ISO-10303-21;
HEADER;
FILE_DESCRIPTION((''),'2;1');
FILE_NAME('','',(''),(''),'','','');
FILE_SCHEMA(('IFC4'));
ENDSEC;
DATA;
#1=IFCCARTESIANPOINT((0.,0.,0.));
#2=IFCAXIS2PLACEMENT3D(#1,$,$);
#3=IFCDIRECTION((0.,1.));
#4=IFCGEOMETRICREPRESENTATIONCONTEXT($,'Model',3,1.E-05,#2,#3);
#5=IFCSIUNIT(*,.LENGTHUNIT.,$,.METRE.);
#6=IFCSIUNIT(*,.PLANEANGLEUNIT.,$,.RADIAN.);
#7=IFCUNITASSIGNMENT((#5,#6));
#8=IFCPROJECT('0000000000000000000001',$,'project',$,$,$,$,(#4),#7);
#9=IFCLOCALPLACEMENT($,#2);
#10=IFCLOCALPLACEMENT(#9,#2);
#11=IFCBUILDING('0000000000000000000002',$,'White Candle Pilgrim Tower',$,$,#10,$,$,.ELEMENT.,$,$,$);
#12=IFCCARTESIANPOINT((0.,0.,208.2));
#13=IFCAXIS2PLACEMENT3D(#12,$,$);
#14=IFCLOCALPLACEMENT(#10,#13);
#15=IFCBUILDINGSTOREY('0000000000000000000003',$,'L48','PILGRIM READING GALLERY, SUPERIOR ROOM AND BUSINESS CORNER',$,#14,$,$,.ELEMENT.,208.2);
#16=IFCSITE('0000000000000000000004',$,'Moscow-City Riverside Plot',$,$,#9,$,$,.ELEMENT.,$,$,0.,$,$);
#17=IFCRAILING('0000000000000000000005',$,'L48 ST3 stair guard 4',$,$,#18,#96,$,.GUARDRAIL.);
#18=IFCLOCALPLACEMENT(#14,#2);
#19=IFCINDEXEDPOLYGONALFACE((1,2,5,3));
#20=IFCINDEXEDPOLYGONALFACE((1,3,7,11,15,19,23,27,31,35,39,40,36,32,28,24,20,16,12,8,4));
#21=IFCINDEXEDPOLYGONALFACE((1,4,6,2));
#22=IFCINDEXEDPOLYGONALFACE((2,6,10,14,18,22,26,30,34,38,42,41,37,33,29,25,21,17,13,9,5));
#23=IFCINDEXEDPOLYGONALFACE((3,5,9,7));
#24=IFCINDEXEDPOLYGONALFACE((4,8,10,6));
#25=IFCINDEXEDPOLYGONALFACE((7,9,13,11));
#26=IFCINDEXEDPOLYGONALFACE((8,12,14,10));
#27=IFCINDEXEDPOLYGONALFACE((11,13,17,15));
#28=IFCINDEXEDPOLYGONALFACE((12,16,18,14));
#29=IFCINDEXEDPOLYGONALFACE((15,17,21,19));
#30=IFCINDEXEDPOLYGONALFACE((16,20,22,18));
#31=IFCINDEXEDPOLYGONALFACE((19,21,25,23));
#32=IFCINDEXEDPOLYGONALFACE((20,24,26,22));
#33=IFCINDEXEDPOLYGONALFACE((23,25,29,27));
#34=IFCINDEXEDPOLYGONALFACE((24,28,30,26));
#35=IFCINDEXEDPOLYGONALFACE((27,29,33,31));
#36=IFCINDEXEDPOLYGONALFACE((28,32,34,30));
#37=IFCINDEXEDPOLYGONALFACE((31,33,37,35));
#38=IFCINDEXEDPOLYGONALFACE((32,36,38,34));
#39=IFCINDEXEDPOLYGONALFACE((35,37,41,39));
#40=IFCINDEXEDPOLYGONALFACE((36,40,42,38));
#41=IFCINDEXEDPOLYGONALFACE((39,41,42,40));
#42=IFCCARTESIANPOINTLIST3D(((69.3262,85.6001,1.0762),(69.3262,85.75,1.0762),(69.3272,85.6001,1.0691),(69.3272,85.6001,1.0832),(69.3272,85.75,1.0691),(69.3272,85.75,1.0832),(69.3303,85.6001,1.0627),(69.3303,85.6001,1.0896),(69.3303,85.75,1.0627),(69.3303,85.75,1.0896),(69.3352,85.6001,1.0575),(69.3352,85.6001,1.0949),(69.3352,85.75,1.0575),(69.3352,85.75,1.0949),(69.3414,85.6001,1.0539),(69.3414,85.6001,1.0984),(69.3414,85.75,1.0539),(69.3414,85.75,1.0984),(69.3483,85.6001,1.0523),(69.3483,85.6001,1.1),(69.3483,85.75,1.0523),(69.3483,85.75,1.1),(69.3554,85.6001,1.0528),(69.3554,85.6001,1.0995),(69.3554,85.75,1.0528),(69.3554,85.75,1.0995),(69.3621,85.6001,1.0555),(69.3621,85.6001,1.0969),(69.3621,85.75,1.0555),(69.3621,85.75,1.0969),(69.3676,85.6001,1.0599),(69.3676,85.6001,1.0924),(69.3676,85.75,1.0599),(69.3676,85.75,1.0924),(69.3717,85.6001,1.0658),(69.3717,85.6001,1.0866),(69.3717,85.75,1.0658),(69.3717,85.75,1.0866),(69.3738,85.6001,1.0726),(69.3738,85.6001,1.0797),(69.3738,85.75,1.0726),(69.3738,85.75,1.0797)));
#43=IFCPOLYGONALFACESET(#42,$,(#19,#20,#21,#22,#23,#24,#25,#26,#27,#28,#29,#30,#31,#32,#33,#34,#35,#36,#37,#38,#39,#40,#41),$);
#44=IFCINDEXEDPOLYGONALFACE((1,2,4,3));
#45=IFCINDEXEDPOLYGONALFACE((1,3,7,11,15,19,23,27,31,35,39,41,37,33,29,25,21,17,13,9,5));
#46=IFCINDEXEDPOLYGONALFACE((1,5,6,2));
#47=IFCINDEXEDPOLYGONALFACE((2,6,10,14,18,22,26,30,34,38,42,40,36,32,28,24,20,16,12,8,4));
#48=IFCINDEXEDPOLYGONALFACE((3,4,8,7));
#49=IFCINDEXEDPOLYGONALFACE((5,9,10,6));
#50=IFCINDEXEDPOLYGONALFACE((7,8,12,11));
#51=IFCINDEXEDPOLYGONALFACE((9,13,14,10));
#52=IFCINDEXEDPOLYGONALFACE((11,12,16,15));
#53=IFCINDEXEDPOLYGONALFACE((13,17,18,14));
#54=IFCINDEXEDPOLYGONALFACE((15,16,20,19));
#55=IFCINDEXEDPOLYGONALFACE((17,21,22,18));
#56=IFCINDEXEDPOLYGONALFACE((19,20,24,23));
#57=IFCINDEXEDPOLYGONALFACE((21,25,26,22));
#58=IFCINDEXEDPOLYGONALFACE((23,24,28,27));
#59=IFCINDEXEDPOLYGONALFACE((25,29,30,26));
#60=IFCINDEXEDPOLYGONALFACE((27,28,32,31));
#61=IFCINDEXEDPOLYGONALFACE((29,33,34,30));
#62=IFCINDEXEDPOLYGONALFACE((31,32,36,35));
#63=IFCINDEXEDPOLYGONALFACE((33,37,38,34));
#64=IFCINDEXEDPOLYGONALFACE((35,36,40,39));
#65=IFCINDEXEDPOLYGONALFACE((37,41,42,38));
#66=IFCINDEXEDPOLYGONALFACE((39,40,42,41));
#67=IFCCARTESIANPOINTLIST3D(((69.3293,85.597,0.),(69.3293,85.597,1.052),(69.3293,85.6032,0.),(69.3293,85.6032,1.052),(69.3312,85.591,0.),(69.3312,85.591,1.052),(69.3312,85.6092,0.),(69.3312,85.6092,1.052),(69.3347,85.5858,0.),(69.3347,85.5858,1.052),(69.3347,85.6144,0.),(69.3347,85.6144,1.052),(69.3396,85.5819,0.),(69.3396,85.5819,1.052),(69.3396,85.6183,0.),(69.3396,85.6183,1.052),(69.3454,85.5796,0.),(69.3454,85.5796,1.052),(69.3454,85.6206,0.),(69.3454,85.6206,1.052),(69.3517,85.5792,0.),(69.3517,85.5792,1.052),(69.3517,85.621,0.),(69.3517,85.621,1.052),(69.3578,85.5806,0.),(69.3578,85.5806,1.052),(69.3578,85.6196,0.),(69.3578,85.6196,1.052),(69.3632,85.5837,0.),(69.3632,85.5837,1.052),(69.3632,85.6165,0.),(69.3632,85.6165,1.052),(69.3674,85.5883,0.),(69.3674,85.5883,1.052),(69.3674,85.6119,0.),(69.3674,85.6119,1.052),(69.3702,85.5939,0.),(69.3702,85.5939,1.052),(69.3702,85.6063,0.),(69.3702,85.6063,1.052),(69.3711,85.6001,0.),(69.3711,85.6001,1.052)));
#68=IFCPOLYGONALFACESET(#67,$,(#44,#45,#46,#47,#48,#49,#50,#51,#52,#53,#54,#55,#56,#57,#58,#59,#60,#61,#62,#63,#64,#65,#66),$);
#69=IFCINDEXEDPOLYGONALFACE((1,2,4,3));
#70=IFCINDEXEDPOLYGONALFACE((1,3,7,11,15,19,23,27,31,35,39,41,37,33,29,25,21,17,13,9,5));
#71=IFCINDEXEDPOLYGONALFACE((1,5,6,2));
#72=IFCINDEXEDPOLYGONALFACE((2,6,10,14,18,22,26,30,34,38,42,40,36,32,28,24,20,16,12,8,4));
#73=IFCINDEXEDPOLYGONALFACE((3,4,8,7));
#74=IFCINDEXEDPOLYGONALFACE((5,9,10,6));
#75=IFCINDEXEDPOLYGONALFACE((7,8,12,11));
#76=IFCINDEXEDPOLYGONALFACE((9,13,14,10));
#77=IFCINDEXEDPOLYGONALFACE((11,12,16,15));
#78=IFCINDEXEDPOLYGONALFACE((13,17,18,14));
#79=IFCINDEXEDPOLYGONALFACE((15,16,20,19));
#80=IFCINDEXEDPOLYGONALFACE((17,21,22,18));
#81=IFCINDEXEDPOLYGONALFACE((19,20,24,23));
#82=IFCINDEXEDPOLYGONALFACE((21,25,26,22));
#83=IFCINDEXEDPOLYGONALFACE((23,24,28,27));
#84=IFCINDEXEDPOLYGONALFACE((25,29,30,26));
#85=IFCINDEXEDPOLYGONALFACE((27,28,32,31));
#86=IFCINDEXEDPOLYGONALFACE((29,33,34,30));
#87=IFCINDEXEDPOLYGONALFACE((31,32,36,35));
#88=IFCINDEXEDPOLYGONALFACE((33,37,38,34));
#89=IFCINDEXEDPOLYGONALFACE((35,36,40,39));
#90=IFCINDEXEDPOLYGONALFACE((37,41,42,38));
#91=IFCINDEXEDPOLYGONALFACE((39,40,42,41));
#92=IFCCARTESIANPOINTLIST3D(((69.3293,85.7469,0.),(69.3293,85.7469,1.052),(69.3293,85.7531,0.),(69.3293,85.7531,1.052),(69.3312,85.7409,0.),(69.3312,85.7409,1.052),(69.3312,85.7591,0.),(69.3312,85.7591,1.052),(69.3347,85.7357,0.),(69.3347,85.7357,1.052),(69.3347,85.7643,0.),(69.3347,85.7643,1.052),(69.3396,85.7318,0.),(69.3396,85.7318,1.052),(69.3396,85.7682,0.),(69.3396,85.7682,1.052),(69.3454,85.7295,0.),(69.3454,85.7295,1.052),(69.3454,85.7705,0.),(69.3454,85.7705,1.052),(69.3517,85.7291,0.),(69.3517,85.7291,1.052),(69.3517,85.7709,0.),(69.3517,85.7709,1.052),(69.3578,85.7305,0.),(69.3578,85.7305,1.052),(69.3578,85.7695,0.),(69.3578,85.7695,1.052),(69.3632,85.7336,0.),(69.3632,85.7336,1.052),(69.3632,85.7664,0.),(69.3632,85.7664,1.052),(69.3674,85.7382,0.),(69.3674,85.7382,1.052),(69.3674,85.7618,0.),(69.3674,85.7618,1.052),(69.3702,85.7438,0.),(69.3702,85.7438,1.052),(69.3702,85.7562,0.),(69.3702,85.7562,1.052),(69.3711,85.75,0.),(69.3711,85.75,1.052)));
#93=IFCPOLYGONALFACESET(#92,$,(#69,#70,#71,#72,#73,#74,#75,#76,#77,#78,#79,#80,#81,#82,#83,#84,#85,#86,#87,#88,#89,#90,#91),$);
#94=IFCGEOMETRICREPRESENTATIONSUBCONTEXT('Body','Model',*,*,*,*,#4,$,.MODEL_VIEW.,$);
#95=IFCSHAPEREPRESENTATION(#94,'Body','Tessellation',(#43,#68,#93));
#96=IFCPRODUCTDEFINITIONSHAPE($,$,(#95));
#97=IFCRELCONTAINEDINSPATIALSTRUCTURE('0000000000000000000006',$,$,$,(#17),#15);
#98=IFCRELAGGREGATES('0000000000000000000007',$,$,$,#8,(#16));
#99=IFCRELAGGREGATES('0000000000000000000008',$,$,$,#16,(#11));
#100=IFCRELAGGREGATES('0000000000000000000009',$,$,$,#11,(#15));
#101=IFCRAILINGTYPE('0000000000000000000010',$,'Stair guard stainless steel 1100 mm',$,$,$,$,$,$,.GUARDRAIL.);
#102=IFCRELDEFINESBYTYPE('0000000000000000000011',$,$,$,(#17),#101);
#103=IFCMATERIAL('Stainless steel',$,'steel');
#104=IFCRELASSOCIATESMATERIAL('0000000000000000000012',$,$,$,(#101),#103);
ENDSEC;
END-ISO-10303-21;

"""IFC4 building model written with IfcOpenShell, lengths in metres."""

from ifc_helpers import new_model, si_unit, direction, frame, origin, origin_2d, place, context, subcontext, project, spatial, circle, extrude, material, type_object, element, save


model = new_model("IFC4")

# Units and contexts
model_context = context("Model", 3, precision=1e-05, world=origin(), true_north=direction((0.0, 1.0)))
body_context = subcontext(model_context, "Body", "Model", "MODEL_VIEW")
ifc_project = project(units=[si_unit("LENGTHUNIT", "METRE"), si_unit("PLANEANGLEUNIT", "RADIAN")], contexts=[model_context])

# Site, building, storey
site_placement = place(None, origin())
site = spatial("IfcSite", under=ifc_project, at=site_placement, Name="Moscow-City Riverside Plot", CompositionType="ELEMENT", RefElevation=0.0)
building_placement = place(site_placement, origin())
building = spatial("IfcBuilding", under=site, at=building_placement, Name="White Candle Pilgrim Tower", CompositionType="ELEMENT")
storey_placement = place(building_placement, frame((0.0, 0.0, 208.2)))
storey = spatial("IfcBuildingStorey", under=building, at=storey_placement, Name="L48", Description="PILGRIM READING GALLERY, SUPERIOR ROOM AND BUSINESS CORNER", CompositionType="ELEMENT", Elevation=208.2)

# Railing
ifc_material_1 = material(Name="Stainless steel", Category="steel")
railing_type_1 = type_object("IfcRailingType", Name="Stair guard stainless steel 1100 mm", PredefinedType="GUARDRAIL", material=ifc_material_1)
railing_1_placement = place(storey_placement, frame((69.3501, 85.6001, 0.0)))
element("IfcRailing", 1, at=railing_1_placement, inside=storey, type_object=railing_type_1, Name="L48 ST3 stair guard 4", PredefinedType="GUARDRAIL", context=body_context, shape_type="SweptSolid", body=[
    extrude(circle(Radius=0.0239, at=origin_2d()), frame((0.0, 0.0, 1.0762), z_axis=(0.0, 1.0, 0.0), x_axis=(-1.0, 0.0, 0.0)), (0.0, 0.0, 1.0), 0.1499),
    extrude(circle(Radius=0.021, at=origin_2d()), origin(), (0.0, 0.0, 1.0), 1.052),
    extrude(circle(Radius=0.021, at=origin_2d()), frame((0.0, 0.1499, 0.0)), (0.0, 0.0, 1.0), 1.052),
])

save(model, "model.ifc")
